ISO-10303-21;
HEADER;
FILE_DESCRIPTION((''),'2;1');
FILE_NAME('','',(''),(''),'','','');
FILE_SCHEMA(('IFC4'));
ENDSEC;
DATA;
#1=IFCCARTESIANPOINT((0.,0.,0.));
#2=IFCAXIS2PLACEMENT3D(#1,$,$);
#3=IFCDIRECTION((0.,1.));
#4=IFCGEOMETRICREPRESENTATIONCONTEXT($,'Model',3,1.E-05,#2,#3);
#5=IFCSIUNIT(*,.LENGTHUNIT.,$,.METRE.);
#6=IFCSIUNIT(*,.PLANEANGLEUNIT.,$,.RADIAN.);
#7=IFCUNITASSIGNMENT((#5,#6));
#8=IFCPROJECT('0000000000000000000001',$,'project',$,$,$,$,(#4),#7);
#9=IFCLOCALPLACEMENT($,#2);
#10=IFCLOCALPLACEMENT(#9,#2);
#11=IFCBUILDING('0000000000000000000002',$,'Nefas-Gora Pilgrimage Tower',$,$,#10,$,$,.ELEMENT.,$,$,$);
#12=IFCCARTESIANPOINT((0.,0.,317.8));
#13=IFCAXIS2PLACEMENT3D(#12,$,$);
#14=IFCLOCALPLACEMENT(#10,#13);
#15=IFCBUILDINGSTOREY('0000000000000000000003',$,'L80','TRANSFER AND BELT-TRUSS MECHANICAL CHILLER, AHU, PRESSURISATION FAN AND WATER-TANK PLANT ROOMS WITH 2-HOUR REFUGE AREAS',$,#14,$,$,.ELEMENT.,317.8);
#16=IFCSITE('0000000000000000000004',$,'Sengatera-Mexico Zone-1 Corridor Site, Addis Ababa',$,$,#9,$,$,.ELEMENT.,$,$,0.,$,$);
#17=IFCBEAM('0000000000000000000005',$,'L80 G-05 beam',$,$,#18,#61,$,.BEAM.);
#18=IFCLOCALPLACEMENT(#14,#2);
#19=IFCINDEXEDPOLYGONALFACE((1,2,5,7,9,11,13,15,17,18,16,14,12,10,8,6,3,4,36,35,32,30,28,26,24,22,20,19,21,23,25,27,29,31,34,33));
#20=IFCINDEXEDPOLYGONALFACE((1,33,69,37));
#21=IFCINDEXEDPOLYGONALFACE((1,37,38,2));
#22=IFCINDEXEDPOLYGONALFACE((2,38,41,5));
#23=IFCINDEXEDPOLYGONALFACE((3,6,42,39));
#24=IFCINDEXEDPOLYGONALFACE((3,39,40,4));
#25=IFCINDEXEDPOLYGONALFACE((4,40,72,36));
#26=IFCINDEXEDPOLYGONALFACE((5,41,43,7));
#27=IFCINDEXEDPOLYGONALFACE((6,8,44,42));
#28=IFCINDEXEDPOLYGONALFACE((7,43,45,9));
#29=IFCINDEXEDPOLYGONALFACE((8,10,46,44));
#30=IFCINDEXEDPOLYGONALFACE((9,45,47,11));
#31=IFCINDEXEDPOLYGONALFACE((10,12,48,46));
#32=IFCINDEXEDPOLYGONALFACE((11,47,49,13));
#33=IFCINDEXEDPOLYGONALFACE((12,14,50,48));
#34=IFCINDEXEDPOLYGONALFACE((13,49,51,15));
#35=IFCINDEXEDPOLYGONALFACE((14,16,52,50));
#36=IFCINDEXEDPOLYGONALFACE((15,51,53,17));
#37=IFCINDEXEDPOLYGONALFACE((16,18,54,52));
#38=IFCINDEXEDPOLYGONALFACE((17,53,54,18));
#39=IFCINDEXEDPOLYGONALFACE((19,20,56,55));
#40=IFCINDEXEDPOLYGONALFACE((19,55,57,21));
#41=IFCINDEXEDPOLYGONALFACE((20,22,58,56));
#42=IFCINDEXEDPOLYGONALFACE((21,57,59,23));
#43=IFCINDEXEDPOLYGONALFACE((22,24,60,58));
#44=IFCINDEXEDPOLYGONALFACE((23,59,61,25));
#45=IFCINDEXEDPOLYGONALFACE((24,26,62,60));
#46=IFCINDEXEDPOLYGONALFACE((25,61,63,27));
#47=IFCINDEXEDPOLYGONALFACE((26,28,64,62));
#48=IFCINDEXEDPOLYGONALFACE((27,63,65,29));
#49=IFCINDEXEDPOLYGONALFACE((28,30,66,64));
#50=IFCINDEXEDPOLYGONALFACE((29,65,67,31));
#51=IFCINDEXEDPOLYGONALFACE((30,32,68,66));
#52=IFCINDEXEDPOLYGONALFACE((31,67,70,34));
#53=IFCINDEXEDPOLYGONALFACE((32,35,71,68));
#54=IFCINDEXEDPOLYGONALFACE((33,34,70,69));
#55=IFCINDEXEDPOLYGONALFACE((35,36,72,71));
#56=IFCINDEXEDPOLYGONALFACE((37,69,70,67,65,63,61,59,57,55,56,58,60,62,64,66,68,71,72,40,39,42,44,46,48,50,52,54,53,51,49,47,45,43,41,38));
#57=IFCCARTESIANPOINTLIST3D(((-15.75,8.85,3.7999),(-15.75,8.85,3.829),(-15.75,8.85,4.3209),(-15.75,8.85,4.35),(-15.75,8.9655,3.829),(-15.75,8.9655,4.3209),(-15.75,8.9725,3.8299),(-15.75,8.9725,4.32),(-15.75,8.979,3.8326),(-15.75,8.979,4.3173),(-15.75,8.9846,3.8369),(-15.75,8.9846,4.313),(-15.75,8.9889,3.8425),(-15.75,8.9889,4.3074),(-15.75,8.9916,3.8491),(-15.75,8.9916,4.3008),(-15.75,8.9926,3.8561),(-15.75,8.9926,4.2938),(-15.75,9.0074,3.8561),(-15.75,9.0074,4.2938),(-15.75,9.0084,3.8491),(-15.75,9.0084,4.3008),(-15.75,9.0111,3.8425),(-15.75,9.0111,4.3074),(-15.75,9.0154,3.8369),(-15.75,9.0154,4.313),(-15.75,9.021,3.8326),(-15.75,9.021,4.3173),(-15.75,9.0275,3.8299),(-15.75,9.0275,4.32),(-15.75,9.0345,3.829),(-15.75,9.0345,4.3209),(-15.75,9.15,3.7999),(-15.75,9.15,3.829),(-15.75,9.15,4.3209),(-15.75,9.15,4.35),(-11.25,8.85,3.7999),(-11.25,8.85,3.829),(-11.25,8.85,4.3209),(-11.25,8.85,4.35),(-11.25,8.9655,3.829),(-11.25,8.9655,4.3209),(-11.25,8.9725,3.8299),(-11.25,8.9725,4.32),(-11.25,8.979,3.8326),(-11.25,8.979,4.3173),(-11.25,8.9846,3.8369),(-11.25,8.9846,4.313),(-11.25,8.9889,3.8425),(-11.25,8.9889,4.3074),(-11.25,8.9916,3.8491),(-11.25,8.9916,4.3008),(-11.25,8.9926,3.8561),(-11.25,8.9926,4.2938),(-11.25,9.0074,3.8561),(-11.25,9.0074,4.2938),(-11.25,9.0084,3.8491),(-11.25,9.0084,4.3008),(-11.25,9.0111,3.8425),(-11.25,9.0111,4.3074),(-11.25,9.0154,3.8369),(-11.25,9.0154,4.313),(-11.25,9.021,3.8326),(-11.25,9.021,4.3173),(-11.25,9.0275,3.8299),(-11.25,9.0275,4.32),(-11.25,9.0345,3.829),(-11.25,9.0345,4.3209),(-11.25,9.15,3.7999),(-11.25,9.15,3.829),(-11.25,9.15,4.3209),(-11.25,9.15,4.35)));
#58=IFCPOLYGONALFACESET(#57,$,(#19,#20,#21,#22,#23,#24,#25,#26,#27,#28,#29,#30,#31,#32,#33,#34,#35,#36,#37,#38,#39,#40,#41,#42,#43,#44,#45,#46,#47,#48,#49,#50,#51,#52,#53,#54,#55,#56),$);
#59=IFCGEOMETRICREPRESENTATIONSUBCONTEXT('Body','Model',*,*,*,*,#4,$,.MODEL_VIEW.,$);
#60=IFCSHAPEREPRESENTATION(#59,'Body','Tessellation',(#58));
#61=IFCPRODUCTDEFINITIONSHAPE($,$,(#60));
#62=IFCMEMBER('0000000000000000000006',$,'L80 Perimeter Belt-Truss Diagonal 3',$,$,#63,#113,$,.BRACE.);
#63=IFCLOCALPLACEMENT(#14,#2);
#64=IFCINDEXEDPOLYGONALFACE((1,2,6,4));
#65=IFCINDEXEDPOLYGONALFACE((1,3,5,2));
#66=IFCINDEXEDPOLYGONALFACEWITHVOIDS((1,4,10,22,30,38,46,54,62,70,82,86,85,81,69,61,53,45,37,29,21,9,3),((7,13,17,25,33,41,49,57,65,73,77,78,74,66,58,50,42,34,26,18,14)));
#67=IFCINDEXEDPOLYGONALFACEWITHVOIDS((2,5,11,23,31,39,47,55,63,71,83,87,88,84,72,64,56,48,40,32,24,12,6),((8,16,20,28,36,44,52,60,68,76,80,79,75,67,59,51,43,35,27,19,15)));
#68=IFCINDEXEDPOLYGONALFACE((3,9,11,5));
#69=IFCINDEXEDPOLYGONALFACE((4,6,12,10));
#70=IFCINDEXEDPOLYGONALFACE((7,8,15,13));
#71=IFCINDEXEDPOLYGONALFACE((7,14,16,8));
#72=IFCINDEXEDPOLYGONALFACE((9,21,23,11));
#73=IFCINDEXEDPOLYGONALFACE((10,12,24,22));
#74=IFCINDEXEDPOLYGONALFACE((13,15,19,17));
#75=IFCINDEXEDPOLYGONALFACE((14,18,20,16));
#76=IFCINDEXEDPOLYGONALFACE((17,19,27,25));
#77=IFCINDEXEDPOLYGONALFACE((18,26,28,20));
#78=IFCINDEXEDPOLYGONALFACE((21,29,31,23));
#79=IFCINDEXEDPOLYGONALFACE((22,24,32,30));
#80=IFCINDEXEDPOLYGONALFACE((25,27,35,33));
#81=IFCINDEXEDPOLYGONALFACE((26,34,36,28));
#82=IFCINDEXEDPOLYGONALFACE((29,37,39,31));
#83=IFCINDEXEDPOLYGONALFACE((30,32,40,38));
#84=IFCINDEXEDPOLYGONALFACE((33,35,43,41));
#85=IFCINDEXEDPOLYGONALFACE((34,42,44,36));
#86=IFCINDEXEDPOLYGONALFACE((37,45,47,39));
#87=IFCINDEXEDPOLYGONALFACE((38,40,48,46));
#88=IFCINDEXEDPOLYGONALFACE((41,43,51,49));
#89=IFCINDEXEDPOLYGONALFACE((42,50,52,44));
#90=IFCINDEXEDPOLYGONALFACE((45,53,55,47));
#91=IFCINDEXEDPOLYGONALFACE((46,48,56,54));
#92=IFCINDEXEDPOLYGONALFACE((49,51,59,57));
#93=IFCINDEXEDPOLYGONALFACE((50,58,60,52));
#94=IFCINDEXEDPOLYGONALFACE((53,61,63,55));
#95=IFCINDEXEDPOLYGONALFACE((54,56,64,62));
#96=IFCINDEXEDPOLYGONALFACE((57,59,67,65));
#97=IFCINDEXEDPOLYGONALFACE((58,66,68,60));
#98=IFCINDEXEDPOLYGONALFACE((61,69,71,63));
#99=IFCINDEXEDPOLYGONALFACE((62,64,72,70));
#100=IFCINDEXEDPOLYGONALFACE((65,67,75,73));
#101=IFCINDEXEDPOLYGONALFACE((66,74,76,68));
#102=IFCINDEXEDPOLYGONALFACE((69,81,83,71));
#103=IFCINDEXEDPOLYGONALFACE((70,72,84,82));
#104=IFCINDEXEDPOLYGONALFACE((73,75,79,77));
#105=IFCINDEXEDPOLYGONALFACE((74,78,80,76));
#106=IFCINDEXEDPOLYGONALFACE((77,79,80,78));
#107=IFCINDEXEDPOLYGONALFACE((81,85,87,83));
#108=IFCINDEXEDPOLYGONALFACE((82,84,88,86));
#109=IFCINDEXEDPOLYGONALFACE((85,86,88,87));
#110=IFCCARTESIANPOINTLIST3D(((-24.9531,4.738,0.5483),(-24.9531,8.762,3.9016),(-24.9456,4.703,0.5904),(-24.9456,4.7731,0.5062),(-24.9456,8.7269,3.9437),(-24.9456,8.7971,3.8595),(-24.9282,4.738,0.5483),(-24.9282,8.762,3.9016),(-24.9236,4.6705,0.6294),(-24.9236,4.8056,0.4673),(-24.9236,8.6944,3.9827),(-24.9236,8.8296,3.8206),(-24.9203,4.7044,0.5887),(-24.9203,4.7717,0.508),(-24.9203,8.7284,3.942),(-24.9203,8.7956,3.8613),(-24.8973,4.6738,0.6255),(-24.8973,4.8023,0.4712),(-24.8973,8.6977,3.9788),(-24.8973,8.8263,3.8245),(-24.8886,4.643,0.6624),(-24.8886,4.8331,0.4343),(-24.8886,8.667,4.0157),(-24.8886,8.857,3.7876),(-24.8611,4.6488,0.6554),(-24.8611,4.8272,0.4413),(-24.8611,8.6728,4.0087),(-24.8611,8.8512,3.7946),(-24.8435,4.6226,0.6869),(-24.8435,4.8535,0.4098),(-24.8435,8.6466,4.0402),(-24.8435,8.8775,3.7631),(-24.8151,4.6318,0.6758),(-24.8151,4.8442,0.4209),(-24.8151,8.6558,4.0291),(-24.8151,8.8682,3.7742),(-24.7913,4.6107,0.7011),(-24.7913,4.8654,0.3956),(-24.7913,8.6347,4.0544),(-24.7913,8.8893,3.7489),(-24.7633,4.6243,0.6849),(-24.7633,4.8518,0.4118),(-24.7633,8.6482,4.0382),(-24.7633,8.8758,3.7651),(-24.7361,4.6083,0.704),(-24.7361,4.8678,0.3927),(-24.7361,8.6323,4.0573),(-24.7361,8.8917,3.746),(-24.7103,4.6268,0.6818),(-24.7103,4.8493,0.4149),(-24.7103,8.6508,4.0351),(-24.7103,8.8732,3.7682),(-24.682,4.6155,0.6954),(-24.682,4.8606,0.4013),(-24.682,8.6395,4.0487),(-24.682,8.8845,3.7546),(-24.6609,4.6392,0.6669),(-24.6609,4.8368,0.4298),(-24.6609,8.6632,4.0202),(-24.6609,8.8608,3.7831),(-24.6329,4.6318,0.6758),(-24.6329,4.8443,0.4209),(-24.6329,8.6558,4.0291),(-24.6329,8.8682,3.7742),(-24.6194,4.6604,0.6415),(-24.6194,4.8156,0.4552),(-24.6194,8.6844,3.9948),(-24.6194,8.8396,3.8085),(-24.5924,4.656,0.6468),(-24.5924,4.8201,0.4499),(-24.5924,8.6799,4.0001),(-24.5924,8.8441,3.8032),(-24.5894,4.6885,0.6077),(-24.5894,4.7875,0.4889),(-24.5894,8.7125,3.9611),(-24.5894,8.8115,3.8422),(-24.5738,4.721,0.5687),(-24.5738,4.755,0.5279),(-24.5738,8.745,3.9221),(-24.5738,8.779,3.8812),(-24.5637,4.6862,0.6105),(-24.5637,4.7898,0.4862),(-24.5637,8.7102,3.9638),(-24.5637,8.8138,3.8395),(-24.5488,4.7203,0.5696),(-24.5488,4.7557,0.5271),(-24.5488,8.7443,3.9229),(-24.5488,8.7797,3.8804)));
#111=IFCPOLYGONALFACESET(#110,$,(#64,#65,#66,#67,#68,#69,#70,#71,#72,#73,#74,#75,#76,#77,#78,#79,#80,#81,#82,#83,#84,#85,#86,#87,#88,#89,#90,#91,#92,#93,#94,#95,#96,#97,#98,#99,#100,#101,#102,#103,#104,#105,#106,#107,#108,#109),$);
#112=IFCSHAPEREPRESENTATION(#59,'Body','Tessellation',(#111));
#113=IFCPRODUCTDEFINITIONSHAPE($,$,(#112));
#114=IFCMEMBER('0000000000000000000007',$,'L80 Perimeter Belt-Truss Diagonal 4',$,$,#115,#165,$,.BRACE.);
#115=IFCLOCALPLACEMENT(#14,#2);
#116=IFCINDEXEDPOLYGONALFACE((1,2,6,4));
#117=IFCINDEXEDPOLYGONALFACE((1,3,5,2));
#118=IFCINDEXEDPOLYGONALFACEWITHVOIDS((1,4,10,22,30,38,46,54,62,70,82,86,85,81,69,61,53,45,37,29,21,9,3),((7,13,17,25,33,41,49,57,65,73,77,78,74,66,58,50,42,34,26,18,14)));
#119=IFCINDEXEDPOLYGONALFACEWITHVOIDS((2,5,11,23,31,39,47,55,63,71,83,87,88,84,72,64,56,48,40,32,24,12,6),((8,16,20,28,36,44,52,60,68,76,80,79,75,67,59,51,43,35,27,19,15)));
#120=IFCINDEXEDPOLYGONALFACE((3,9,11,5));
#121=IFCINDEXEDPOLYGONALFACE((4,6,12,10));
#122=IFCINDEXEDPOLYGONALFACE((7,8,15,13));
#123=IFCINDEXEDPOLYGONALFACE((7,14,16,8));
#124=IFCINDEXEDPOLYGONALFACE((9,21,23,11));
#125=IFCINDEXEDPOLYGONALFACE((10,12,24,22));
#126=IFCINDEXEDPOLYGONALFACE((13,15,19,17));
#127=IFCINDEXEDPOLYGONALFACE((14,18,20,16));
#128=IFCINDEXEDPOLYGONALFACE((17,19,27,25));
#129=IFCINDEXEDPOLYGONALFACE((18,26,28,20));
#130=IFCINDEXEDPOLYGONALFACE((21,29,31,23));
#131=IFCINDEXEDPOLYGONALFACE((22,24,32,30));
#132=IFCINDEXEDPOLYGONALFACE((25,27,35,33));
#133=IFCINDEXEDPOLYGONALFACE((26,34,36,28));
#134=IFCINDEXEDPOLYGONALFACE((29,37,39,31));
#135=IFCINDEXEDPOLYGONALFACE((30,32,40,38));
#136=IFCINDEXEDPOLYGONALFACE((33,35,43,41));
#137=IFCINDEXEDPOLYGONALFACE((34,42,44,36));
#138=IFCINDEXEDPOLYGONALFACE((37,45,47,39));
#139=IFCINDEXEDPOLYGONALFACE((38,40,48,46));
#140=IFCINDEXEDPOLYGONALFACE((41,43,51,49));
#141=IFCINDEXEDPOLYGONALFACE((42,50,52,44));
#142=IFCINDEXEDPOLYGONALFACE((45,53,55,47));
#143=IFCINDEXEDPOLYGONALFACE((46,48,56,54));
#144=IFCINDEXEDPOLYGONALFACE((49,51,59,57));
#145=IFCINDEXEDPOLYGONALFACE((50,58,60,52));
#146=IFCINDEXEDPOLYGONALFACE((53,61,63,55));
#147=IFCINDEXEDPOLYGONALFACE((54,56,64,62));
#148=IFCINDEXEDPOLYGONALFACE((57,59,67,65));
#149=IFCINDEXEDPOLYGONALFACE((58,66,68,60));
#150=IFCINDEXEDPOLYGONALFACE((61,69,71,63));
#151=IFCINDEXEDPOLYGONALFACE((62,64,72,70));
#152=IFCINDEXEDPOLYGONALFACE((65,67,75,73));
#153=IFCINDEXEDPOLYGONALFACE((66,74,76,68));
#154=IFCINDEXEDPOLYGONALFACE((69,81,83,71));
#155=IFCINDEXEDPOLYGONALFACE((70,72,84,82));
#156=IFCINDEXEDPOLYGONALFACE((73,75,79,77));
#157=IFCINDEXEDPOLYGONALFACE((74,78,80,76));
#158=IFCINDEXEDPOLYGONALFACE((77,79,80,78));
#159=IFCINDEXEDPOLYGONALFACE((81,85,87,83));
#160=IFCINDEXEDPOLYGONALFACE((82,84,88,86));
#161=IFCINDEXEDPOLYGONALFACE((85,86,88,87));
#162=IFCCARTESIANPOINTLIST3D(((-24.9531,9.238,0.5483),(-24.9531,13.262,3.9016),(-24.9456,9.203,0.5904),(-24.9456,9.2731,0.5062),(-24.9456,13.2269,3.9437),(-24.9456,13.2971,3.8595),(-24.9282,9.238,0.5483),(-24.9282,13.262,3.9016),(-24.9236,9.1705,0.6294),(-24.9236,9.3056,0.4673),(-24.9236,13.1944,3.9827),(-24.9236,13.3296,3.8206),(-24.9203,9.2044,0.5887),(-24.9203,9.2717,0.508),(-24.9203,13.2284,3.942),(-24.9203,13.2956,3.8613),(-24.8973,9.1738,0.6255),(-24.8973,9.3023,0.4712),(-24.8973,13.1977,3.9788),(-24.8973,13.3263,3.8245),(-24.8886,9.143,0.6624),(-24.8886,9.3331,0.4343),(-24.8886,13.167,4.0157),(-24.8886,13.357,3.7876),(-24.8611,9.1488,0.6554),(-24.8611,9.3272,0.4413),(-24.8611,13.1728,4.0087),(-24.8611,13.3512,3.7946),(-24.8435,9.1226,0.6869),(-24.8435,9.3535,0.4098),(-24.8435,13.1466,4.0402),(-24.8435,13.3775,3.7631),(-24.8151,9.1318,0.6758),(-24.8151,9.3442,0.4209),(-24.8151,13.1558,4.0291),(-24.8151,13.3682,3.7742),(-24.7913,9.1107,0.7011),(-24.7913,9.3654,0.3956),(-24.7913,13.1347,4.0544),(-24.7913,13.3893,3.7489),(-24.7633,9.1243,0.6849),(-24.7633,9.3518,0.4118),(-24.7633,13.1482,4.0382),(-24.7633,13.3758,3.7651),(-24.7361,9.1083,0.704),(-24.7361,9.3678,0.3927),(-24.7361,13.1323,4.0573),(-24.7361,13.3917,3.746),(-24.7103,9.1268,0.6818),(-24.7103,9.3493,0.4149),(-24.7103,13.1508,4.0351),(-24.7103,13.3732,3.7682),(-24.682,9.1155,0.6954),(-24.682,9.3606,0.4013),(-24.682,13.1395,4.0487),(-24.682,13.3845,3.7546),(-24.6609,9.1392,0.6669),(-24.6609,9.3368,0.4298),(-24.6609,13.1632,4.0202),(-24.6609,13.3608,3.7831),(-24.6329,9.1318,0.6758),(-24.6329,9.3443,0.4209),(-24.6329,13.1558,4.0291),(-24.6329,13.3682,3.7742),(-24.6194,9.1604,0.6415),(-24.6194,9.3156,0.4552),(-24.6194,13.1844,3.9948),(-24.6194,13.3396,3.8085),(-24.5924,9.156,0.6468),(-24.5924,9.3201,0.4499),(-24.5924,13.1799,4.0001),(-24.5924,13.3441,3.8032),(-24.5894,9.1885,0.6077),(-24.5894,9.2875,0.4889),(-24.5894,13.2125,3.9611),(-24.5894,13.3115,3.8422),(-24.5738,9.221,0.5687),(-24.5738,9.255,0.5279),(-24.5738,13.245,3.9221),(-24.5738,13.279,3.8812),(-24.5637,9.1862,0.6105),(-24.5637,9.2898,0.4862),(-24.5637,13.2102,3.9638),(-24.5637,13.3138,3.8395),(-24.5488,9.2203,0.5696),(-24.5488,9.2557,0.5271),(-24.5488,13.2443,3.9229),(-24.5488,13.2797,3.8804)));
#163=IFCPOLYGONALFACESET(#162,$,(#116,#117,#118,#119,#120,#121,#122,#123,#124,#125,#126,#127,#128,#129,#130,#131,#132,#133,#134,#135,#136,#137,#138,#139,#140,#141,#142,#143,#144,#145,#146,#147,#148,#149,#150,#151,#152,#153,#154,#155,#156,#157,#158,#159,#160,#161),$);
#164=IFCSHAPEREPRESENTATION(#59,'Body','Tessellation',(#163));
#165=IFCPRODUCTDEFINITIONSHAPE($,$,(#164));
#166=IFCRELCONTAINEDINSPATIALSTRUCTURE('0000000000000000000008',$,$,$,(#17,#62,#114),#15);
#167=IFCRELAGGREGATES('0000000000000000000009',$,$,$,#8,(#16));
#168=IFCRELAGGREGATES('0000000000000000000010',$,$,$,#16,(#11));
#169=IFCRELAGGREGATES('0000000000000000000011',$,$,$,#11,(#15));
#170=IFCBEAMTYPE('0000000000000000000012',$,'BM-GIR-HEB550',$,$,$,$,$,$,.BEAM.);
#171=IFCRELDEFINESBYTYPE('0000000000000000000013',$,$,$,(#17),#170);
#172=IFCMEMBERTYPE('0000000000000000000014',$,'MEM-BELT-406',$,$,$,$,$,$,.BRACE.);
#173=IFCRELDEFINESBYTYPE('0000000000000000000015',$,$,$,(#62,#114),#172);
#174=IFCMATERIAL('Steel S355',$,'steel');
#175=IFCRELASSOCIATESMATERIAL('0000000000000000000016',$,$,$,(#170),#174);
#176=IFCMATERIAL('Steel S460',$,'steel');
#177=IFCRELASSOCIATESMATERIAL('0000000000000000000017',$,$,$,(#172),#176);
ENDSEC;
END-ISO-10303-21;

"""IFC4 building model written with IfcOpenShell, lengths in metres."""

from ifc_helpers import new_model, si_unit, direction, frame, origin, origin_2d, place, context, subcontext, project, spatial, hollow_circle, i_section, extrude, source, transform, mapped, material, material_profile, profile_set, type_object, element, save


model = new_model("IFC4")

# Units and contexts
model_context = context("Model", 3, precision=1e-05, world=origin(), true_north=direction((0.0, 1.0)))
body_context = subcontext(model_context, "Body", "Model", "MODEL_VIEW")
ifc_project = project(units=[si_unit("LENGTHUNIT", "METRE"), si_unit("PLANEANGLEUNIT", "RADIAN")], contexts=[model_context])

# Site, building, storey
site_placement = place(None, origin())
site = spatial("IfcSite", under=ifc_project, at=site_placement, Name="Sengatera-Mexico Zone-1 Corridor Site, Addis Ababa", CompositionType="ELEMENT", RefElevation=0.0)
building_placement = place(site_placement, origin())
building = spatial("IfcBuilding", under=site, at=building_placement, Name="Nefas-Gora Pilgrimage Tower", CompositionType="ELEMENT")
storey_placement = place(building_placement, frame((0.0, 0.0, 317.8)))
storey = spatial("IfcBuildingStorey", under=building, at=storey_placement, Name="L80", Description="TRANSFER AND BELT-TRUSS MECHANICAL CHILLER, AHU, PRESSURISATION FAN AND WATER-TANK PLANT ROOMS WITH 2-HOUR REFUGE AREAS", CompositionType="ELEMENT", Elevation=317.8)

# Shared definitions
ifc_material_1 = material(Name="Steel S355", Category="steel")

# Beam
ifc_material_profile_1 = material_profile(ifc_material_1, i_section(OverallWidth=0.3, OverallDepth=0.55, WebThickness=0.0149, FlangeThickness=0.0291, FilletRadius=0.0271, at=origin_2d()), Name="HEB 550")
ifc_profile_set_1 = profile_set([ifc_material_profile_1], Name="Steel S355")
beam_type_1 = type_object("IfcBeamType", Name="BM-GIR-HEB550", PredefinedType="BEAM", material=ifc_profile_set_1)
shared_shape_1 = source(origin(), body_context, "Body", "SweptSolid", [
    extrude(i_section(OverallWidth=0.3, OverallDepth=0.55, WebThickness=0.0149, FlangeThickness=0.0291, FilletRadius=0.0271, at=origin_2d()), origin(), (0.0, 0.0, 1.0), 4.5),
])
for number, where, z_axis, x_axis, name in (
    (1, (-15.75, 9.0, 4.075), (1.0, 0.0, 0.0), (0.0, 1.0, 0.0), "L80 G-05 beam"),
):
    element("IfcBeam", number, at=place(storey_placement, frame(where, z_axis=z_axis, x_axis=x_axis)), inside=storey, type_object=beam_type_1, Name=name, PredefinedType="BEAM", context=body_context, shape_type="MappedRepresentation", body=[
        mapped(shared_shape_1, transform((0.0, 0.0, 0.0), x_axis=(1.0, 0.0, 0.0), y_axis=(0.0, 1.0, 0.0), z_axis=(0.0, 0.0, 1.0), scale=1.0)),
    ])

# Members
ifc_material_2 = material(Name="Steel S460", Category="steel")
ifc_material_profile_2 = material_profile(ifc_material_2, hollow_circle(Radius=0.2031, WallThickness=0.0249, at=origin_2d()), Name="CHS 406.4x25")
ifc_profile_set_2 = profile_set([ifc_material_profile_2], Name="Steel S460")
member_type_1 = type_object("IfcMemberType", Name="MEM-BELT-406", PredefinedType="BRACE", material=ifc_profile_set_2)
shared_shape_2 = source(origin(), body_context, "Body", "SweptSolid", [
    extrude(hollow_circle(Radius=0.2031, WallThickness=0.0249, at=origin_2d()), origin(), (0.0, 0.0, 1.0), 5.238),
])
for number, where, z_axis, x_axis, name in (
    (2, (-24.75, 4.738, 0.5483), (0.0, 0.768221, 0.640184), (-1.0, 0.0, 0.0), "L80 Perimeter Belt-Truss Diagonal 3"),
    (3, (-24.75, 9.238, 0.5483), (0.0, 0.768221, 0.640184), (-1.0, 0.0, 0.0), "L80 Perimeter Belt-Truss Diagonal 4"),
):
    element("IfcMember", number, at=place(storey_placement, frame(where, z_axis=z_axis, x_axis=x_axis)), inside=storey, type_object=member_type_1, Name=name, PredefinedType="BRACE", context=body_context, shape_type="MappedRepresentation", body=[
        mapped(shared_shape_2, transform((0.0, 0.0, 0.0), x_axis=(1.0, 0.0, 0.0), y_axis=(0.0, 1.0, 0.0), z_axis=(0.0, 0.0, 1.0), scale=1.0)),
    ])

save(model, "model.ifc")
